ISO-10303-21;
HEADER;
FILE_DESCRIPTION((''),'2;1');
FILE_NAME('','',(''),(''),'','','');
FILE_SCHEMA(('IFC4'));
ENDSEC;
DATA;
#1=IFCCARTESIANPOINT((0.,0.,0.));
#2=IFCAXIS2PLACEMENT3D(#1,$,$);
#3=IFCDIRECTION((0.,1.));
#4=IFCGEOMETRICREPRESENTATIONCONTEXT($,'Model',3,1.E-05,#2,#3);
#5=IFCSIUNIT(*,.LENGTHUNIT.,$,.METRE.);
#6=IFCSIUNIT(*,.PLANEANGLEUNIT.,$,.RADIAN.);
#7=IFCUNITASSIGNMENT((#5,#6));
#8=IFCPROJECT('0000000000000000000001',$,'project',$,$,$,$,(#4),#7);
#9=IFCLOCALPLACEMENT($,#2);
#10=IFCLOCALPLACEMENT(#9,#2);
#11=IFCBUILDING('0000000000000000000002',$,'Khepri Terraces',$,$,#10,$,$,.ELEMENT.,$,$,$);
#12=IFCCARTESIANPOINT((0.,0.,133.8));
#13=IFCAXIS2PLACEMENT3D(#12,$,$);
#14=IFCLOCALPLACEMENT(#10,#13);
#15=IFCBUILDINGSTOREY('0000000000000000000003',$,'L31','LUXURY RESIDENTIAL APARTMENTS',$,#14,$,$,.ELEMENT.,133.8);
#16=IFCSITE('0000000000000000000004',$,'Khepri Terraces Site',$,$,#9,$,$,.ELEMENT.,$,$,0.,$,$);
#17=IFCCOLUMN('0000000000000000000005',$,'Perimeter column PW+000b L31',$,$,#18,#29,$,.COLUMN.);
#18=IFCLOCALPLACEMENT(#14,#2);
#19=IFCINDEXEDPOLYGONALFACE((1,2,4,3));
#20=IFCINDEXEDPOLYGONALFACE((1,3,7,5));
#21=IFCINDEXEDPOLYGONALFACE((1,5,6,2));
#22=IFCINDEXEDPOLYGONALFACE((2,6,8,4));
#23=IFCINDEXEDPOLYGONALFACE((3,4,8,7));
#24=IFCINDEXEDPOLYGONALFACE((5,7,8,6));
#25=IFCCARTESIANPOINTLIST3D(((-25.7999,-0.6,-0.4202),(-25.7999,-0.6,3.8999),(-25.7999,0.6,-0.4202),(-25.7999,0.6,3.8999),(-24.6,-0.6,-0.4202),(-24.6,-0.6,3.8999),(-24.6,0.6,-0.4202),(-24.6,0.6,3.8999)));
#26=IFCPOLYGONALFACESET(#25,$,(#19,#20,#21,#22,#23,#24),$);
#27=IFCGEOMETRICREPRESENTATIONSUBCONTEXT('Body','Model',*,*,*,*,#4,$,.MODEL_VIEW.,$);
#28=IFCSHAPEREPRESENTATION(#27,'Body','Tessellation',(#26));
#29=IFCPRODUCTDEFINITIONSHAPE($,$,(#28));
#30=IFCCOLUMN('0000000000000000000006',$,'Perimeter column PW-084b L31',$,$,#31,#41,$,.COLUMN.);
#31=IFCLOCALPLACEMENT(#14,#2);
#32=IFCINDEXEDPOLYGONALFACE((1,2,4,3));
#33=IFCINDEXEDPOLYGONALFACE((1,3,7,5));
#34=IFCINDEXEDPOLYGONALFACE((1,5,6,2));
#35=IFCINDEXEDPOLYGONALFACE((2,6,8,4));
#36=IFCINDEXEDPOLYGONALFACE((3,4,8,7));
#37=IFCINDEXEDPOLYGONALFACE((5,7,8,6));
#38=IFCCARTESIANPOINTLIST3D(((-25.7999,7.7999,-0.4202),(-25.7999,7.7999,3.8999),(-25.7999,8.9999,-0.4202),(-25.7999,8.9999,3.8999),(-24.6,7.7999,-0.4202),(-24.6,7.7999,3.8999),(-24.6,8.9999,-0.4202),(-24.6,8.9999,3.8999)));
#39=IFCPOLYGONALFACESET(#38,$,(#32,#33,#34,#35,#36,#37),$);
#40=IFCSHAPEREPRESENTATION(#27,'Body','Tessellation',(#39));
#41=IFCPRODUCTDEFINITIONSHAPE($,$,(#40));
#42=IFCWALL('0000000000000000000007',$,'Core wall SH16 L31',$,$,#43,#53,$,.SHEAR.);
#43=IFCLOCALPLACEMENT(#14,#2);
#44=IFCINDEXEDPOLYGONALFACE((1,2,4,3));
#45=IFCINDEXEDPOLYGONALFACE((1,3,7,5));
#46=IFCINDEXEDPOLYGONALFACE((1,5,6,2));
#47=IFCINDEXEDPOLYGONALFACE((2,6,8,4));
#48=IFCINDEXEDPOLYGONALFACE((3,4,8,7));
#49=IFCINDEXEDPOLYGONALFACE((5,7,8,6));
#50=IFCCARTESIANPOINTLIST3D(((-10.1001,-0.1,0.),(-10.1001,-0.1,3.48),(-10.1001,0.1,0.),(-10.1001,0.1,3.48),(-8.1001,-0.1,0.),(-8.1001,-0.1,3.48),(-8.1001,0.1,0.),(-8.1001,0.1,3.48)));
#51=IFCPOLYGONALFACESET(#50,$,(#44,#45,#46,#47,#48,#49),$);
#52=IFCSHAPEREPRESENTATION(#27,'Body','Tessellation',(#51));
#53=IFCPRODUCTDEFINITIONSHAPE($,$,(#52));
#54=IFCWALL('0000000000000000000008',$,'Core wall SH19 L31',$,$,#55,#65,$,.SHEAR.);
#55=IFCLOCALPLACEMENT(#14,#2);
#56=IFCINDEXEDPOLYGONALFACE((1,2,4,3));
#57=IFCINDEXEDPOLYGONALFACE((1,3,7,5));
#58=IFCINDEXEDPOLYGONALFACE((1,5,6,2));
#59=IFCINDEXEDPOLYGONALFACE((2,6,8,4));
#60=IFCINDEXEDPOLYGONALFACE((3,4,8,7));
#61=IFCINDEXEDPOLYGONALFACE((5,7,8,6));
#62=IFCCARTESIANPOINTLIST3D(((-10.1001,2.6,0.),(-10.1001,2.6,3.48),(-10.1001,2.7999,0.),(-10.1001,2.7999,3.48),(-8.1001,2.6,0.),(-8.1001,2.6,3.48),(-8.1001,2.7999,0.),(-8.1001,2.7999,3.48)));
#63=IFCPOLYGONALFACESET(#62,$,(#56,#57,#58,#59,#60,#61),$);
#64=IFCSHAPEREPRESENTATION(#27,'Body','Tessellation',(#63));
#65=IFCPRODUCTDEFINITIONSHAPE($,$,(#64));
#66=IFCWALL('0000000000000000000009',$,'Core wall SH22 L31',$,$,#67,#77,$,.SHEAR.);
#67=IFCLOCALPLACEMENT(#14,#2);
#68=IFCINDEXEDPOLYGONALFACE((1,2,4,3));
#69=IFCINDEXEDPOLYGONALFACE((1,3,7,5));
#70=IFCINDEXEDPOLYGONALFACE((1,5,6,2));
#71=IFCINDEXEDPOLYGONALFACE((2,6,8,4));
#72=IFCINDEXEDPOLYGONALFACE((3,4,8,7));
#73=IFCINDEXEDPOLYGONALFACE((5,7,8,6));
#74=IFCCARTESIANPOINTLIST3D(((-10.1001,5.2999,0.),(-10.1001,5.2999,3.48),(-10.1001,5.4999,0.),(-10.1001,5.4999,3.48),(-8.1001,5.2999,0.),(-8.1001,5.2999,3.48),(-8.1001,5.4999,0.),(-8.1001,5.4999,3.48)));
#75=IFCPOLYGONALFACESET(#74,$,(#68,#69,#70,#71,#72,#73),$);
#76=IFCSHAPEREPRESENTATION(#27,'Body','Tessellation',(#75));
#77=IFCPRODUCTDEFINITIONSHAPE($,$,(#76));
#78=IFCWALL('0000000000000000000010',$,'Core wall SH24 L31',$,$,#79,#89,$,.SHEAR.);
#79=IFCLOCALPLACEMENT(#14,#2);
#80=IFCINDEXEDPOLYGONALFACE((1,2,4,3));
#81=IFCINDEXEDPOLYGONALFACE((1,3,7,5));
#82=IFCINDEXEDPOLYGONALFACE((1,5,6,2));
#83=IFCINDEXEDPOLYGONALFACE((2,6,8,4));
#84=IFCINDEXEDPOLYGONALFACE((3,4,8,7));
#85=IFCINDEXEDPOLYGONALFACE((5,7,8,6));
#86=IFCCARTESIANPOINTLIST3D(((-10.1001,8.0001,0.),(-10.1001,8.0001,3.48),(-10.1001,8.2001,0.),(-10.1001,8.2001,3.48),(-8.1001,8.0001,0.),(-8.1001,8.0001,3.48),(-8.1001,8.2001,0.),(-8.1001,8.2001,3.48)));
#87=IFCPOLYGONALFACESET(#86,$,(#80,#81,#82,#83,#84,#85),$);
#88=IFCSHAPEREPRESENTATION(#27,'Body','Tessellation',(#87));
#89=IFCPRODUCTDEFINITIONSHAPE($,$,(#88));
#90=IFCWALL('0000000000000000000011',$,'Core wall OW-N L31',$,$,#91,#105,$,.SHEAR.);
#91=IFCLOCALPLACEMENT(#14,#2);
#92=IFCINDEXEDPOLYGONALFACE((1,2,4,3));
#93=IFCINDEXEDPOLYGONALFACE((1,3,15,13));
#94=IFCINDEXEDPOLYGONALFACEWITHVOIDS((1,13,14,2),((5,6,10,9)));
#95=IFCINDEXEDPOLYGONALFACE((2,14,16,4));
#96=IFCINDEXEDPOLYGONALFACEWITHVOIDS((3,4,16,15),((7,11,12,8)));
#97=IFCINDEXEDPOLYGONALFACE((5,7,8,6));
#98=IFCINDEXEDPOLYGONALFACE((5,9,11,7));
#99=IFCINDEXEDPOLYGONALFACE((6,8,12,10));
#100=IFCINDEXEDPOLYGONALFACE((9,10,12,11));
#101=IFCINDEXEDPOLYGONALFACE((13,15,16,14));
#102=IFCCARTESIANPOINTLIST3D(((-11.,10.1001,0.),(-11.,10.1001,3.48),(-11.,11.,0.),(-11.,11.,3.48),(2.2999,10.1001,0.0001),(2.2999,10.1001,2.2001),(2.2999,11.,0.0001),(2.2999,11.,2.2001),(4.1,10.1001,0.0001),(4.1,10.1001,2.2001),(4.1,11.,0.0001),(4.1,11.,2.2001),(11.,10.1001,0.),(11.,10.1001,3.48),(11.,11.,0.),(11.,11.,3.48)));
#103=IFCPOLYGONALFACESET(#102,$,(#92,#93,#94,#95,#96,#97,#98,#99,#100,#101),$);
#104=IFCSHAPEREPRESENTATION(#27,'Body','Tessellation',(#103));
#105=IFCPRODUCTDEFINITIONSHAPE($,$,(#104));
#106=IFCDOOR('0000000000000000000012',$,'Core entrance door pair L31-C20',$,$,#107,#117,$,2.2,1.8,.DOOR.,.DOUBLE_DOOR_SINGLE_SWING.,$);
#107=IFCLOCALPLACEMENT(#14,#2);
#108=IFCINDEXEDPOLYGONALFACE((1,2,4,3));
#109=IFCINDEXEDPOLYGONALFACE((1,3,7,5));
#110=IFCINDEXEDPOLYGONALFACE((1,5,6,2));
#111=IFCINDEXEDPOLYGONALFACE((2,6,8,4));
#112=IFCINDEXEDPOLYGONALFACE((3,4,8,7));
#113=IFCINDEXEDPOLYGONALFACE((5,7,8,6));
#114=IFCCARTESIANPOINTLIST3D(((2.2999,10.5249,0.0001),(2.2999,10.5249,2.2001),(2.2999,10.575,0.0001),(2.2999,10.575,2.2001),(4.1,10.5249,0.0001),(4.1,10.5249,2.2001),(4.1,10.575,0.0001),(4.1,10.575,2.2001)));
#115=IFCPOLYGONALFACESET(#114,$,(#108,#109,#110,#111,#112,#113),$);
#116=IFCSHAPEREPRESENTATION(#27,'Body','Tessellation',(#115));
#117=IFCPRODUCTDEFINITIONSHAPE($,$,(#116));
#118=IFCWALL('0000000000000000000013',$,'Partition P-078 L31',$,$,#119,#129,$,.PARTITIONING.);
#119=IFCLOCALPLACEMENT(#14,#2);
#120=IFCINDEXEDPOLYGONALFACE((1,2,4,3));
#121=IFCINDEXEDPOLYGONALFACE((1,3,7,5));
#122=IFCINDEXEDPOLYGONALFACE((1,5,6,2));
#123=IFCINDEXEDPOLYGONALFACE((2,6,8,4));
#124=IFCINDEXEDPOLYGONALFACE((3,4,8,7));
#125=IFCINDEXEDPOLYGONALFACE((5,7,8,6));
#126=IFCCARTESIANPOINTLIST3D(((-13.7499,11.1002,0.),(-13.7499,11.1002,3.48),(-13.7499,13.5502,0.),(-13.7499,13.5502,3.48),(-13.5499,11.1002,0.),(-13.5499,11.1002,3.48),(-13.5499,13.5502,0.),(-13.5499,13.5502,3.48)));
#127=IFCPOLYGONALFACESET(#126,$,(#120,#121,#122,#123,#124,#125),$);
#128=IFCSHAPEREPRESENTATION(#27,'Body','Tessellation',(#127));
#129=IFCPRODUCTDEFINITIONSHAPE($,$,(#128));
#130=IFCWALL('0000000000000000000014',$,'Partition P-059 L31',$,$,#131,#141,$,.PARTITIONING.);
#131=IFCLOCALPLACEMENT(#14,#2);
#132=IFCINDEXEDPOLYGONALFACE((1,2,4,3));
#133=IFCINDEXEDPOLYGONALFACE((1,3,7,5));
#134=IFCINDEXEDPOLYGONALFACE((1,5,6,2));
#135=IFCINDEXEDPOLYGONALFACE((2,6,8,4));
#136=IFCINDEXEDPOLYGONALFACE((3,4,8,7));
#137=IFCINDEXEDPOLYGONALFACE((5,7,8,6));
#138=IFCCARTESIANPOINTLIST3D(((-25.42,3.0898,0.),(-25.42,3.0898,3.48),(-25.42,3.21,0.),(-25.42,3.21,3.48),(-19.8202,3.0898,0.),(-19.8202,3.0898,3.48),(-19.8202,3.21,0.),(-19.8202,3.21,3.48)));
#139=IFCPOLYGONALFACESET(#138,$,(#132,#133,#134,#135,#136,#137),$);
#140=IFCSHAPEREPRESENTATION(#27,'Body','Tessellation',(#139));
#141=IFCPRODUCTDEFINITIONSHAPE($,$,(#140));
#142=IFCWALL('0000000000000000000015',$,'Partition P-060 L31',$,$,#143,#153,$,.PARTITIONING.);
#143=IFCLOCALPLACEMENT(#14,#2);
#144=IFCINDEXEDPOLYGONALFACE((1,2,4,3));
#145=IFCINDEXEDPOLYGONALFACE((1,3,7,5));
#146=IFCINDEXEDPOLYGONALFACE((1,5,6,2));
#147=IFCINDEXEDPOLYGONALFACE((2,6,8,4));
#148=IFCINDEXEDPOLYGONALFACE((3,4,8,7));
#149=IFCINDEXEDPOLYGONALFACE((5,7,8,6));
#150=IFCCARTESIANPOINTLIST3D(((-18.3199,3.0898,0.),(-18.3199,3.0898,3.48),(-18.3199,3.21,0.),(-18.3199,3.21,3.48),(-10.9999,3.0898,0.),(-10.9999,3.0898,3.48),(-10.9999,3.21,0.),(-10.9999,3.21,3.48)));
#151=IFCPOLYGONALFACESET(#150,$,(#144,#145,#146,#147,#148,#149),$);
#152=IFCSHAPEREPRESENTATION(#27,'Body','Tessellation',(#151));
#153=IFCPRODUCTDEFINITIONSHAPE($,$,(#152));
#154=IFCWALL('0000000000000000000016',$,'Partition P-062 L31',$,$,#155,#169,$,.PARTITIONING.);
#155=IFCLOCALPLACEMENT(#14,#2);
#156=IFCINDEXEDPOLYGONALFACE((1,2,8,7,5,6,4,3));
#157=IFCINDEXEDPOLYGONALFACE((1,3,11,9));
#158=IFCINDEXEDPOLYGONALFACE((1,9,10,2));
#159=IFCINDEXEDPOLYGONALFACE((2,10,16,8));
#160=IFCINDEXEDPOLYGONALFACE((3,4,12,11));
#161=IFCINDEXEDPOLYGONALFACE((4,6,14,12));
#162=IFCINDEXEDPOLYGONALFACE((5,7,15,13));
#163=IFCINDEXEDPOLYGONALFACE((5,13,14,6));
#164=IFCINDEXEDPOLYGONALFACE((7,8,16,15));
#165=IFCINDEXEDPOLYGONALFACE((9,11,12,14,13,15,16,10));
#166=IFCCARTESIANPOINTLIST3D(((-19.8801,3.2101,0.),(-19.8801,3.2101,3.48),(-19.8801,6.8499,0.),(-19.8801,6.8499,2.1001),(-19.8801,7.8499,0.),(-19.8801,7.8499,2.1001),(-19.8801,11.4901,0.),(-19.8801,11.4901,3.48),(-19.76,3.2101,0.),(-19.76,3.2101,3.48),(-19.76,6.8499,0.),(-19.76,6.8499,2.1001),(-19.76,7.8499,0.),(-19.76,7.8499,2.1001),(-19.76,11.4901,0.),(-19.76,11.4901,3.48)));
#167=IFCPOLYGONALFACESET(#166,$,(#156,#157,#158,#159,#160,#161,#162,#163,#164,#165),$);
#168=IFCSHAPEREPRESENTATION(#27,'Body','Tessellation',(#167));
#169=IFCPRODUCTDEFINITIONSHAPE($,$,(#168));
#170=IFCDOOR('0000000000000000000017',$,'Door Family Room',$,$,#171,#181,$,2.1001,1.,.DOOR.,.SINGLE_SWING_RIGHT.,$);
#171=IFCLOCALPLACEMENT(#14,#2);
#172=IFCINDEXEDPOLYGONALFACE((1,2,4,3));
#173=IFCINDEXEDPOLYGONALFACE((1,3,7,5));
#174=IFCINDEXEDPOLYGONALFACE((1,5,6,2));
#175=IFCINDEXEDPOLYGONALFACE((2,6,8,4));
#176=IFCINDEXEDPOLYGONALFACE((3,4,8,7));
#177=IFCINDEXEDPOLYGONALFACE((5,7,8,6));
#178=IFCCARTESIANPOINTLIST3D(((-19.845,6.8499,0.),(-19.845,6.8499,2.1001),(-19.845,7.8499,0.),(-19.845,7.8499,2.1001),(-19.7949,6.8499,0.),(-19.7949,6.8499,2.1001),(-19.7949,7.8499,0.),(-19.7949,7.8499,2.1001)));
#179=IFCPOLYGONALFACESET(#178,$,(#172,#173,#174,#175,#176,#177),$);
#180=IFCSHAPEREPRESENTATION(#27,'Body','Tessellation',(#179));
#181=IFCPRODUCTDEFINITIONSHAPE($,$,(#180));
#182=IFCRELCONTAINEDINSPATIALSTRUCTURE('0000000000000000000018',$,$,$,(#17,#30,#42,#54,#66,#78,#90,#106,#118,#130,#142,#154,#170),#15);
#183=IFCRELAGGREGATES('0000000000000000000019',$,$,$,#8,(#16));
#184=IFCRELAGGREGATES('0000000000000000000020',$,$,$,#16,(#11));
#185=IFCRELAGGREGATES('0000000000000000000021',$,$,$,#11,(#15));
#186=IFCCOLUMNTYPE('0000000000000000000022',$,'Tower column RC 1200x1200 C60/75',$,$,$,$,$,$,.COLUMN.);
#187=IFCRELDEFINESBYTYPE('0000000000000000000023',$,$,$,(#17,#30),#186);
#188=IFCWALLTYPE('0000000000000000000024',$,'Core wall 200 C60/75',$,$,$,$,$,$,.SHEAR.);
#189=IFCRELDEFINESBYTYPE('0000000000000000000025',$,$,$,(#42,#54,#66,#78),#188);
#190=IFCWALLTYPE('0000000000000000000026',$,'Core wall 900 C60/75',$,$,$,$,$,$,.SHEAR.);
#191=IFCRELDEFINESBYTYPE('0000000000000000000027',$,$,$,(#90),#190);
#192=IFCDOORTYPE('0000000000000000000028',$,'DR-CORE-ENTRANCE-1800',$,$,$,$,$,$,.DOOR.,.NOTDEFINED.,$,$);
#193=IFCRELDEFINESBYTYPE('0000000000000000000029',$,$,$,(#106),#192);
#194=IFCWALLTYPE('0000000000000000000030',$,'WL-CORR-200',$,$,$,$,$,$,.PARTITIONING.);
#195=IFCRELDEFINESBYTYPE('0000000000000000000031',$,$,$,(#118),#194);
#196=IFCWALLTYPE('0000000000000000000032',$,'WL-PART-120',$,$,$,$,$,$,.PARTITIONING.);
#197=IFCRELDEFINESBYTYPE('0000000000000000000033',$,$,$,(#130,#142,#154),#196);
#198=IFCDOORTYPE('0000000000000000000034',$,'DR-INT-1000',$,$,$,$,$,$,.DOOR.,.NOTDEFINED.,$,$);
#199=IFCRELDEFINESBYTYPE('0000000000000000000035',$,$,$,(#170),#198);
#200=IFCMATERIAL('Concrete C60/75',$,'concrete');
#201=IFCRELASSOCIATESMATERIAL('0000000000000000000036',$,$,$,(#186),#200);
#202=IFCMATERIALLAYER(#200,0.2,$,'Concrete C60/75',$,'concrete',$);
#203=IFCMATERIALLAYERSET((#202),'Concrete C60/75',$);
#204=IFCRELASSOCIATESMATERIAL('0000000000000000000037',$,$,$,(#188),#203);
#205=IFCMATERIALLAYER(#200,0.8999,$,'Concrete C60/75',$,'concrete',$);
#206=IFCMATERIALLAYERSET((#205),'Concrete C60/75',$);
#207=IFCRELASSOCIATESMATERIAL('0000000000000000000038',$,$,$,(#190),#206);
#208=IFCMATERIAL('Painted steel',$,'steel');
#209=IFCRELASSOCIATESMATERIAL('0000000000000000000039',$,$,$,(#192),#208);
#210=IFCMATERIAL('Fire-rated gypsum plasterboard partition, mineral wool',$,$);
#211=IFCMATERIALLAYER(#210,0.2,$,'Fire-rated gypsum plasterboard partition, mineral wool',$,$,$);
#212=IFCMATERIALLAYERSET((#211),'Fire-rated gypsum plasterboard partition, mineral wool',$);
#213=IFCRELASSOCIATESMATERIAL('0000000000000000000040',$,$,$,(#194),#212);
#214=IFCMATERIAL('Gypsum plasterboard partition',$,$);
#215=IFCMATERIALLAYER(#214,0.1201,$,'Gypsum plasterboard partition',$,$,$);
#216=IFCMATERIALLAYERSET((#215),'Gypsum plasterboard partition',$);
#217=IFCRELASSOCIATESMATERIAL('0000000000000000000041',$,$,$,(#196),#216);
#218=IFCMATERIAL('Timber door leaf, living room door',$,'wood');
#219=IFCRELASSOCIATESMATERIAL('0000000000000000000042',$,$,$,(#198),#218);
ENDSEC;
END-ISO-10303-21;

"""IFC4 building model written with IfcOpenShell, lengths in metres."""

from ifc_helpers import new_model, si_unit, direction, frame, frame_2d, origin, origin_2d, place, context, subcontext, project, spatial, rectangle, extrude, material, layer, layer_set, material_profile, profile_set, type_object, element, fill, save


model = new_model("IFC4")

# Units and contexts
model_context = context("Model", 3, precision=1e-05, world=origin(), true_north=direction((0.0, 1.0)))
body_context = subcontext(model_context, "Body", "Model", "MODEL_VIEW")
ifc_project = project(units=[si_unit("LENGTHUNIT", "METRE"), si_unit("PLANEANGLEUNIT", "RADIAN")], contexts=[model_context])

# Site, building, storey
site_placement = place(None, origin())
site = spatial("IfcSite", under=ifc_project, at=site_placement, Name="Khepri Terraces Site", CompositionType="ELEMENT", RefElevation=0.0)
building_placement = place(site_placement, origin())
building = spatial("IfcBuilding", under=site, at=building_placement, Name="Khepri Terraces", CompositionType="ELEMENT")
storey_placement = place(building_placement, frame((0.0, 0.0, 133.8)))
storey = spatial("IfcBuildingStorey", under=building, at=storey_placement, Name="L31", Description="LUXURY RESIDENTIAL APARTMENTS", CompositionType="ELEMENT", Elevation=133.8)

# Columns
ifc_material_1 = material(Name="Concrete C60/75", Category="concrete")
ifc_material_profile = material_profile(ifc_material_1, rectangle(XDim=1.2, YDim=1.2, at=origin_2d()), Name="Concrete C60/75", Category="concrete")
ifc_profile_set = profile_set([ifc_material_profile], Name="Concrete C60/75")
column_type = type_object("IfcColumnType", Name="Tower column RC 1200x1200 C60/75", PredefinedType="COLUMN", material=ifc_profile_set)
for number, where, z_axis, x_axis, name in (
    (1, (-25.2, 0.0, -0.4202), (0.0, 0.0, 1.0), (1.0, 0.0, 0.0), "Perimeter column PW+000b L31"),
    (2, (-25.2, 8.3999, -0.4202), (0.0, 0.0, 1.0), (1.0, 0.0, 0.0), "Perimeter column PW-084b L31"),
):
    element("IfcColumn", number, at=place(storey_placement, frame(where, z_axis=z_axis, x_axis=x_axis)), inside=storey, type_object=column_type, Name=name, PredefinedType="COLUMN", context=body_context, shape_type="SweptSolid", body=[
        extrude(rectangle(XDim=1.2, YDim=1.2, at=origin_2d()), origin(), (0.0, 0.0, 1.0), 4.3201),
    ])

# Walls
ifc_layer_1 = layer(ifc_material_1, 0.2, Name="Concrete C60/75", Category="concrete")
ifc_layer_set_1 = layer_set([ifc_layer_1], Name="Concrete C60/75")
wall_type_1 = type_object("IfcWallType", Name="Core wall 200 C60/75", PredefinedType="SHEAR", material=ifc_layer_set_1)
for number, where, z_axis, x_axis, name in (
    (3, (-10.1001, 0.0, 0.0), (0.0, 0.0, 1.0), (1.0, 0.0, 0.0), "Core wall SH16 L31"),
    (4, (-10.1001, 2.7, 0.0), (0.0, 0.0, 1.0), (1.0, 0.0, 0.0), "Core wall SH19 L31"),
    (5, (-10.1001, 5.3999, 0.0), (0.0, 0.0, 1.0), (1.0, 0.0, 0.0), "Core wall SH22 L31"),
    (6, (-10.1001, 8.1001, 0.0), (0.0, 0.0, 1.0), (1.0, 0.0, 0.0), "Core wall SH24 L31"),
):
    element("IfcWall", number, at=place(storey_placement, frame(where, z_axis=z_axis, x_axis=x_axis)), inside=storey, type_object=wall_type_1, Name=name, PredefinedType="SHEAR", context=body_context, shape_type="SweptSolid", body=[
        extrude(rectangle(XDim=2.0, YDim=0.2, at=frame_2d((1.0, 0.0))), origin(), (0.0, 0.0, 1.0), 3.48),
    ])

# Wall, opening, door
ifc_layer_2 = layer(ifc_material_1, 0.8999, Name="Concrete C60/75", Category="concrete")
ifc_layer_set_2 = layer_set([ifc_layer_2], Name="Concrete C60/75")
wall_type_2 = type_object("IfcWallType", Name="Core wall 900 C60/75", PredefinedType="SHEAR", material=ifc_layer_set_2)
wall_1_placement = place(storey_placement, frame((-11.0, 10.55, 0.0), z_axis=(0.0, 0.0, 1.0), x_axis=(1.0, 0.0, 0.0)))
wall_1 = element("IfcWall", 7, at=wall_1_placement, inside=storey, type_object=wall_type_2, Name="Core wall OW-N L31", PredefinedType="SHEAR", context=body_context, shape_type="SweptSolid", body=[
    extrude(rectangle(XDim=22.0, YDim=0.8999, at=frame_2d((11.0, 0.0))), origin(), (0.0, 0.0, 1.0), 3.48),
])
opening_1_placement = place(wall_1_placement, frame((13.3, 0.0, 0.0)))
opening_1 = element("IfcOpeningElement", 8, at=opening_1_placement, cuts=wall_1, PredefinedType="OPENING", context=body_context, shape_type="SweptSolid", body=[
    extrude(rectangle(XDim=1.8, YDim=2.2, at=frame_2d((0.8999, 1.1001))), frame((0.0, 0.46, 0.0), z_axis=(0.0, -1.0, 0.0), x_axis=(1.0, 0.0, 0.0)), (0.0, 0.0, 1.0), 0.9199),
])
ifc_material_2 = material(Name="Painted steel", Category="steel")
door_type_1 = type_object("IfcDoorType", Name="DR-CORE-ENTRANCE-1800", OperationType="NOTDEFINED", PredefinedType="DOOR", material=ifc_material_2)
door_1_placement = place(opening_1_placement, origin())
door_1 = element("IfcDoor", 9, at=door_1_placement, inside=storey, type_object=door_type_1, Name="Core entrance door pair L31-C20", OperationType="DOUBLE_DOOR_SINGLE_SWING", OverallHeight=2.2, OverallWidth=1.8, PredefinedType="DOOR", context=body_context, shape_type="SweptSolid", body=[
    extrude(rectangle(XDim=1.8, YDim=2.2, at=frame_2d((0.8999, 1.1001))), frame((0.0, 0.0249, 0.0), z_axis=(0.0, -1.0, 0.0), x_axis=(1.0, 0.0, 0.0)), (0.0, 0.0, 1.0), 0.05),
])
fill(opening_1, door_1)
ifc_material_3 = material(Name="Fire-rated gypsum plasterboard partition, mineral wool")
ifc_layer_3 = layer(ifc_material_3, 0.2, Name="Fire-rated gypsum plasterboard partition, mineral wool")
ifc_layer_set_3 = layer_set([ifc_layer_3], Name="Fire-rated gypsum plasterboard partition, mineral wool")
wall_type_3 = type_object("IfcWallType", Name="WL-CORR-200", PredefinedType="PARTITIONING", material=ifc_layer_set_3)

# Wall
wall_2_placement = place(storey_placement, frame((-13.6499, 11.1001, 0.0), z_axis=(0.0, 0.0, 1.0), x_axis=(0.0, 1.0, 0.0)))
element("IfcWall", 10, at=wall_2_placement, inside=storey, type_object=wall_type_3, Name="Partition P-078 L31", PredefinedType="PARTITIONING", context=body_context, shape_type="SweptSolid", body=[
    extrude(rectangle(XDim=2.45, YDim=0.2, at=frame_2d((1.2251, 0.0))), origin(), (0.0, 0.0, 1.0), 3.48),
])

# Walls
ifc_material_4 = material(Name="Gypsum plasterboard partition")
ifc_layer_4 = layer(ifc_material_4, 0.1201, Name="Gypsum plasterboard partition")
ifc_layer_set_4 = layer_set([ifc_layer_4], Name="Gypsum plasterboard partition")
wall_type_4 = type_object("IfcWallType", Name="WL-PART-120", PredefinedType="PARTITIONING", material=ifc_layer_set_4)
wall_3_placement = place(storey_placement, frame((-25.4199, 3.1499, 0.0), z_axis=(0.0, 0.0, 1.0), x_axis=(1.0, 0.0, 0.0)))
element("IfcWall", 11, at=wall_3_placement, inside=storey, type_object=wall_type_4, Name="Partition P-059 L31", PredefinedType="PARTITIONING", context=body_context, shape_type="SweptSolid", body=[
    extrude(rectangle(XDim=5.5999, YDim=0.1201, at=frame_2d((2.7998, 0.0))), origin(), (0.0, 0.0, 1.0), 3.48),
])
wall_4_placement = place(storey_placement, frame((-18.3201, 3.1499, 0.0), z_axis=(0.0, 0.0, 1.0), x_axis=(1.0, 0.0, 0.0)))
element("IfcWall", 12, at=wall_4_placement, inside=storey, type_object=wall_type_4, Name="Partition P-060 L31", PredefinedType="PARTITIONING", context=body_context, shape_type="SweptSolid", body=[
    extrude(rectangle(XDim=7.3201, YDim=0.1201, at=frame_2d((3.6602, 0.0))), origin(), (0.0, 0.0, 1.0), 3.48),
])

# Wall, opening, door
wall_5_placement = place(storey_placement, frame((-19.8201, 3.21, 0.0), z_axis=(0.0, 0.0, 1.0), x_axis=(0.0, 1.0, 0.0)))
wall_5 = element("IfcWall", 13, at=wall_5_placement, inside=storey, type_object=wall_type_4, Name="Partition P-062 L31", PredefinedType="PARTITIONING", context=body_context, shape_type="SweptSolid", body=[
    extrude(rectangle(XDim=8.28, YDim=0.1201, at=frame_2d((4.1401, 0.0))), origin(), (0.0, 0.0, 1.0), 3.48),
])
opening_2_placement = place(wall_5_placement, frame((3.6399, 0.0, 0.0)))
opening_2 = element("IfcOpeningElement", 14, at=opening_2_placement, cuts=wall_5, PredefinedType="OPENING", context=body_context, shape_type="SweptSolid", body=[
    extrude(rectangle(XDim=1.0, YDim=2.1001, at=frame_2d((0.5, 1.05))), frame((0.0, 0.0701, 0.0), z_axis=(0.0, -1.0, 0.0), x_axis=(1.0, 0.0, 0.0)), (0.0, 0.0, 1.0), 0.1401),
])
ifc_material_5 = material(Name="Timber door leaf, living room door", Category="wood")
door_type_2 = type_object("IfcDoorType", Name="DR-INT-1000", OperationType="NOTDEFINED", PredefinedType="DOOR", material=ifc_material_5)
door_2_placement = place(opening_2_placement, origin())
door_2 = element("IfcDoor", 15, at=door_2_placement, inside=storey, type_object=door_type_2, Name="Door Family Room", OperationType="SINGLE_SWING_RIGHT", OverallHeight=2.1001, OverallWidth=1.0, PredefinedType="DOOR", context=body_context, shape_type="SweptSolid", body=[
    extrude(rectangle(XDim=1.0, YDim=2.1001, at=frame_2d((0.5, 1.05))), frame((0.0, 0.0249, 0.0), z_axis=(0.0, -1.0, 0.0), x_axis=(1.0, 0.0, 0.0)), (0.0, 0.0, 1.0), 0.05),
])
fill(opening_2, door_2)

save(model, "model.ifc")
